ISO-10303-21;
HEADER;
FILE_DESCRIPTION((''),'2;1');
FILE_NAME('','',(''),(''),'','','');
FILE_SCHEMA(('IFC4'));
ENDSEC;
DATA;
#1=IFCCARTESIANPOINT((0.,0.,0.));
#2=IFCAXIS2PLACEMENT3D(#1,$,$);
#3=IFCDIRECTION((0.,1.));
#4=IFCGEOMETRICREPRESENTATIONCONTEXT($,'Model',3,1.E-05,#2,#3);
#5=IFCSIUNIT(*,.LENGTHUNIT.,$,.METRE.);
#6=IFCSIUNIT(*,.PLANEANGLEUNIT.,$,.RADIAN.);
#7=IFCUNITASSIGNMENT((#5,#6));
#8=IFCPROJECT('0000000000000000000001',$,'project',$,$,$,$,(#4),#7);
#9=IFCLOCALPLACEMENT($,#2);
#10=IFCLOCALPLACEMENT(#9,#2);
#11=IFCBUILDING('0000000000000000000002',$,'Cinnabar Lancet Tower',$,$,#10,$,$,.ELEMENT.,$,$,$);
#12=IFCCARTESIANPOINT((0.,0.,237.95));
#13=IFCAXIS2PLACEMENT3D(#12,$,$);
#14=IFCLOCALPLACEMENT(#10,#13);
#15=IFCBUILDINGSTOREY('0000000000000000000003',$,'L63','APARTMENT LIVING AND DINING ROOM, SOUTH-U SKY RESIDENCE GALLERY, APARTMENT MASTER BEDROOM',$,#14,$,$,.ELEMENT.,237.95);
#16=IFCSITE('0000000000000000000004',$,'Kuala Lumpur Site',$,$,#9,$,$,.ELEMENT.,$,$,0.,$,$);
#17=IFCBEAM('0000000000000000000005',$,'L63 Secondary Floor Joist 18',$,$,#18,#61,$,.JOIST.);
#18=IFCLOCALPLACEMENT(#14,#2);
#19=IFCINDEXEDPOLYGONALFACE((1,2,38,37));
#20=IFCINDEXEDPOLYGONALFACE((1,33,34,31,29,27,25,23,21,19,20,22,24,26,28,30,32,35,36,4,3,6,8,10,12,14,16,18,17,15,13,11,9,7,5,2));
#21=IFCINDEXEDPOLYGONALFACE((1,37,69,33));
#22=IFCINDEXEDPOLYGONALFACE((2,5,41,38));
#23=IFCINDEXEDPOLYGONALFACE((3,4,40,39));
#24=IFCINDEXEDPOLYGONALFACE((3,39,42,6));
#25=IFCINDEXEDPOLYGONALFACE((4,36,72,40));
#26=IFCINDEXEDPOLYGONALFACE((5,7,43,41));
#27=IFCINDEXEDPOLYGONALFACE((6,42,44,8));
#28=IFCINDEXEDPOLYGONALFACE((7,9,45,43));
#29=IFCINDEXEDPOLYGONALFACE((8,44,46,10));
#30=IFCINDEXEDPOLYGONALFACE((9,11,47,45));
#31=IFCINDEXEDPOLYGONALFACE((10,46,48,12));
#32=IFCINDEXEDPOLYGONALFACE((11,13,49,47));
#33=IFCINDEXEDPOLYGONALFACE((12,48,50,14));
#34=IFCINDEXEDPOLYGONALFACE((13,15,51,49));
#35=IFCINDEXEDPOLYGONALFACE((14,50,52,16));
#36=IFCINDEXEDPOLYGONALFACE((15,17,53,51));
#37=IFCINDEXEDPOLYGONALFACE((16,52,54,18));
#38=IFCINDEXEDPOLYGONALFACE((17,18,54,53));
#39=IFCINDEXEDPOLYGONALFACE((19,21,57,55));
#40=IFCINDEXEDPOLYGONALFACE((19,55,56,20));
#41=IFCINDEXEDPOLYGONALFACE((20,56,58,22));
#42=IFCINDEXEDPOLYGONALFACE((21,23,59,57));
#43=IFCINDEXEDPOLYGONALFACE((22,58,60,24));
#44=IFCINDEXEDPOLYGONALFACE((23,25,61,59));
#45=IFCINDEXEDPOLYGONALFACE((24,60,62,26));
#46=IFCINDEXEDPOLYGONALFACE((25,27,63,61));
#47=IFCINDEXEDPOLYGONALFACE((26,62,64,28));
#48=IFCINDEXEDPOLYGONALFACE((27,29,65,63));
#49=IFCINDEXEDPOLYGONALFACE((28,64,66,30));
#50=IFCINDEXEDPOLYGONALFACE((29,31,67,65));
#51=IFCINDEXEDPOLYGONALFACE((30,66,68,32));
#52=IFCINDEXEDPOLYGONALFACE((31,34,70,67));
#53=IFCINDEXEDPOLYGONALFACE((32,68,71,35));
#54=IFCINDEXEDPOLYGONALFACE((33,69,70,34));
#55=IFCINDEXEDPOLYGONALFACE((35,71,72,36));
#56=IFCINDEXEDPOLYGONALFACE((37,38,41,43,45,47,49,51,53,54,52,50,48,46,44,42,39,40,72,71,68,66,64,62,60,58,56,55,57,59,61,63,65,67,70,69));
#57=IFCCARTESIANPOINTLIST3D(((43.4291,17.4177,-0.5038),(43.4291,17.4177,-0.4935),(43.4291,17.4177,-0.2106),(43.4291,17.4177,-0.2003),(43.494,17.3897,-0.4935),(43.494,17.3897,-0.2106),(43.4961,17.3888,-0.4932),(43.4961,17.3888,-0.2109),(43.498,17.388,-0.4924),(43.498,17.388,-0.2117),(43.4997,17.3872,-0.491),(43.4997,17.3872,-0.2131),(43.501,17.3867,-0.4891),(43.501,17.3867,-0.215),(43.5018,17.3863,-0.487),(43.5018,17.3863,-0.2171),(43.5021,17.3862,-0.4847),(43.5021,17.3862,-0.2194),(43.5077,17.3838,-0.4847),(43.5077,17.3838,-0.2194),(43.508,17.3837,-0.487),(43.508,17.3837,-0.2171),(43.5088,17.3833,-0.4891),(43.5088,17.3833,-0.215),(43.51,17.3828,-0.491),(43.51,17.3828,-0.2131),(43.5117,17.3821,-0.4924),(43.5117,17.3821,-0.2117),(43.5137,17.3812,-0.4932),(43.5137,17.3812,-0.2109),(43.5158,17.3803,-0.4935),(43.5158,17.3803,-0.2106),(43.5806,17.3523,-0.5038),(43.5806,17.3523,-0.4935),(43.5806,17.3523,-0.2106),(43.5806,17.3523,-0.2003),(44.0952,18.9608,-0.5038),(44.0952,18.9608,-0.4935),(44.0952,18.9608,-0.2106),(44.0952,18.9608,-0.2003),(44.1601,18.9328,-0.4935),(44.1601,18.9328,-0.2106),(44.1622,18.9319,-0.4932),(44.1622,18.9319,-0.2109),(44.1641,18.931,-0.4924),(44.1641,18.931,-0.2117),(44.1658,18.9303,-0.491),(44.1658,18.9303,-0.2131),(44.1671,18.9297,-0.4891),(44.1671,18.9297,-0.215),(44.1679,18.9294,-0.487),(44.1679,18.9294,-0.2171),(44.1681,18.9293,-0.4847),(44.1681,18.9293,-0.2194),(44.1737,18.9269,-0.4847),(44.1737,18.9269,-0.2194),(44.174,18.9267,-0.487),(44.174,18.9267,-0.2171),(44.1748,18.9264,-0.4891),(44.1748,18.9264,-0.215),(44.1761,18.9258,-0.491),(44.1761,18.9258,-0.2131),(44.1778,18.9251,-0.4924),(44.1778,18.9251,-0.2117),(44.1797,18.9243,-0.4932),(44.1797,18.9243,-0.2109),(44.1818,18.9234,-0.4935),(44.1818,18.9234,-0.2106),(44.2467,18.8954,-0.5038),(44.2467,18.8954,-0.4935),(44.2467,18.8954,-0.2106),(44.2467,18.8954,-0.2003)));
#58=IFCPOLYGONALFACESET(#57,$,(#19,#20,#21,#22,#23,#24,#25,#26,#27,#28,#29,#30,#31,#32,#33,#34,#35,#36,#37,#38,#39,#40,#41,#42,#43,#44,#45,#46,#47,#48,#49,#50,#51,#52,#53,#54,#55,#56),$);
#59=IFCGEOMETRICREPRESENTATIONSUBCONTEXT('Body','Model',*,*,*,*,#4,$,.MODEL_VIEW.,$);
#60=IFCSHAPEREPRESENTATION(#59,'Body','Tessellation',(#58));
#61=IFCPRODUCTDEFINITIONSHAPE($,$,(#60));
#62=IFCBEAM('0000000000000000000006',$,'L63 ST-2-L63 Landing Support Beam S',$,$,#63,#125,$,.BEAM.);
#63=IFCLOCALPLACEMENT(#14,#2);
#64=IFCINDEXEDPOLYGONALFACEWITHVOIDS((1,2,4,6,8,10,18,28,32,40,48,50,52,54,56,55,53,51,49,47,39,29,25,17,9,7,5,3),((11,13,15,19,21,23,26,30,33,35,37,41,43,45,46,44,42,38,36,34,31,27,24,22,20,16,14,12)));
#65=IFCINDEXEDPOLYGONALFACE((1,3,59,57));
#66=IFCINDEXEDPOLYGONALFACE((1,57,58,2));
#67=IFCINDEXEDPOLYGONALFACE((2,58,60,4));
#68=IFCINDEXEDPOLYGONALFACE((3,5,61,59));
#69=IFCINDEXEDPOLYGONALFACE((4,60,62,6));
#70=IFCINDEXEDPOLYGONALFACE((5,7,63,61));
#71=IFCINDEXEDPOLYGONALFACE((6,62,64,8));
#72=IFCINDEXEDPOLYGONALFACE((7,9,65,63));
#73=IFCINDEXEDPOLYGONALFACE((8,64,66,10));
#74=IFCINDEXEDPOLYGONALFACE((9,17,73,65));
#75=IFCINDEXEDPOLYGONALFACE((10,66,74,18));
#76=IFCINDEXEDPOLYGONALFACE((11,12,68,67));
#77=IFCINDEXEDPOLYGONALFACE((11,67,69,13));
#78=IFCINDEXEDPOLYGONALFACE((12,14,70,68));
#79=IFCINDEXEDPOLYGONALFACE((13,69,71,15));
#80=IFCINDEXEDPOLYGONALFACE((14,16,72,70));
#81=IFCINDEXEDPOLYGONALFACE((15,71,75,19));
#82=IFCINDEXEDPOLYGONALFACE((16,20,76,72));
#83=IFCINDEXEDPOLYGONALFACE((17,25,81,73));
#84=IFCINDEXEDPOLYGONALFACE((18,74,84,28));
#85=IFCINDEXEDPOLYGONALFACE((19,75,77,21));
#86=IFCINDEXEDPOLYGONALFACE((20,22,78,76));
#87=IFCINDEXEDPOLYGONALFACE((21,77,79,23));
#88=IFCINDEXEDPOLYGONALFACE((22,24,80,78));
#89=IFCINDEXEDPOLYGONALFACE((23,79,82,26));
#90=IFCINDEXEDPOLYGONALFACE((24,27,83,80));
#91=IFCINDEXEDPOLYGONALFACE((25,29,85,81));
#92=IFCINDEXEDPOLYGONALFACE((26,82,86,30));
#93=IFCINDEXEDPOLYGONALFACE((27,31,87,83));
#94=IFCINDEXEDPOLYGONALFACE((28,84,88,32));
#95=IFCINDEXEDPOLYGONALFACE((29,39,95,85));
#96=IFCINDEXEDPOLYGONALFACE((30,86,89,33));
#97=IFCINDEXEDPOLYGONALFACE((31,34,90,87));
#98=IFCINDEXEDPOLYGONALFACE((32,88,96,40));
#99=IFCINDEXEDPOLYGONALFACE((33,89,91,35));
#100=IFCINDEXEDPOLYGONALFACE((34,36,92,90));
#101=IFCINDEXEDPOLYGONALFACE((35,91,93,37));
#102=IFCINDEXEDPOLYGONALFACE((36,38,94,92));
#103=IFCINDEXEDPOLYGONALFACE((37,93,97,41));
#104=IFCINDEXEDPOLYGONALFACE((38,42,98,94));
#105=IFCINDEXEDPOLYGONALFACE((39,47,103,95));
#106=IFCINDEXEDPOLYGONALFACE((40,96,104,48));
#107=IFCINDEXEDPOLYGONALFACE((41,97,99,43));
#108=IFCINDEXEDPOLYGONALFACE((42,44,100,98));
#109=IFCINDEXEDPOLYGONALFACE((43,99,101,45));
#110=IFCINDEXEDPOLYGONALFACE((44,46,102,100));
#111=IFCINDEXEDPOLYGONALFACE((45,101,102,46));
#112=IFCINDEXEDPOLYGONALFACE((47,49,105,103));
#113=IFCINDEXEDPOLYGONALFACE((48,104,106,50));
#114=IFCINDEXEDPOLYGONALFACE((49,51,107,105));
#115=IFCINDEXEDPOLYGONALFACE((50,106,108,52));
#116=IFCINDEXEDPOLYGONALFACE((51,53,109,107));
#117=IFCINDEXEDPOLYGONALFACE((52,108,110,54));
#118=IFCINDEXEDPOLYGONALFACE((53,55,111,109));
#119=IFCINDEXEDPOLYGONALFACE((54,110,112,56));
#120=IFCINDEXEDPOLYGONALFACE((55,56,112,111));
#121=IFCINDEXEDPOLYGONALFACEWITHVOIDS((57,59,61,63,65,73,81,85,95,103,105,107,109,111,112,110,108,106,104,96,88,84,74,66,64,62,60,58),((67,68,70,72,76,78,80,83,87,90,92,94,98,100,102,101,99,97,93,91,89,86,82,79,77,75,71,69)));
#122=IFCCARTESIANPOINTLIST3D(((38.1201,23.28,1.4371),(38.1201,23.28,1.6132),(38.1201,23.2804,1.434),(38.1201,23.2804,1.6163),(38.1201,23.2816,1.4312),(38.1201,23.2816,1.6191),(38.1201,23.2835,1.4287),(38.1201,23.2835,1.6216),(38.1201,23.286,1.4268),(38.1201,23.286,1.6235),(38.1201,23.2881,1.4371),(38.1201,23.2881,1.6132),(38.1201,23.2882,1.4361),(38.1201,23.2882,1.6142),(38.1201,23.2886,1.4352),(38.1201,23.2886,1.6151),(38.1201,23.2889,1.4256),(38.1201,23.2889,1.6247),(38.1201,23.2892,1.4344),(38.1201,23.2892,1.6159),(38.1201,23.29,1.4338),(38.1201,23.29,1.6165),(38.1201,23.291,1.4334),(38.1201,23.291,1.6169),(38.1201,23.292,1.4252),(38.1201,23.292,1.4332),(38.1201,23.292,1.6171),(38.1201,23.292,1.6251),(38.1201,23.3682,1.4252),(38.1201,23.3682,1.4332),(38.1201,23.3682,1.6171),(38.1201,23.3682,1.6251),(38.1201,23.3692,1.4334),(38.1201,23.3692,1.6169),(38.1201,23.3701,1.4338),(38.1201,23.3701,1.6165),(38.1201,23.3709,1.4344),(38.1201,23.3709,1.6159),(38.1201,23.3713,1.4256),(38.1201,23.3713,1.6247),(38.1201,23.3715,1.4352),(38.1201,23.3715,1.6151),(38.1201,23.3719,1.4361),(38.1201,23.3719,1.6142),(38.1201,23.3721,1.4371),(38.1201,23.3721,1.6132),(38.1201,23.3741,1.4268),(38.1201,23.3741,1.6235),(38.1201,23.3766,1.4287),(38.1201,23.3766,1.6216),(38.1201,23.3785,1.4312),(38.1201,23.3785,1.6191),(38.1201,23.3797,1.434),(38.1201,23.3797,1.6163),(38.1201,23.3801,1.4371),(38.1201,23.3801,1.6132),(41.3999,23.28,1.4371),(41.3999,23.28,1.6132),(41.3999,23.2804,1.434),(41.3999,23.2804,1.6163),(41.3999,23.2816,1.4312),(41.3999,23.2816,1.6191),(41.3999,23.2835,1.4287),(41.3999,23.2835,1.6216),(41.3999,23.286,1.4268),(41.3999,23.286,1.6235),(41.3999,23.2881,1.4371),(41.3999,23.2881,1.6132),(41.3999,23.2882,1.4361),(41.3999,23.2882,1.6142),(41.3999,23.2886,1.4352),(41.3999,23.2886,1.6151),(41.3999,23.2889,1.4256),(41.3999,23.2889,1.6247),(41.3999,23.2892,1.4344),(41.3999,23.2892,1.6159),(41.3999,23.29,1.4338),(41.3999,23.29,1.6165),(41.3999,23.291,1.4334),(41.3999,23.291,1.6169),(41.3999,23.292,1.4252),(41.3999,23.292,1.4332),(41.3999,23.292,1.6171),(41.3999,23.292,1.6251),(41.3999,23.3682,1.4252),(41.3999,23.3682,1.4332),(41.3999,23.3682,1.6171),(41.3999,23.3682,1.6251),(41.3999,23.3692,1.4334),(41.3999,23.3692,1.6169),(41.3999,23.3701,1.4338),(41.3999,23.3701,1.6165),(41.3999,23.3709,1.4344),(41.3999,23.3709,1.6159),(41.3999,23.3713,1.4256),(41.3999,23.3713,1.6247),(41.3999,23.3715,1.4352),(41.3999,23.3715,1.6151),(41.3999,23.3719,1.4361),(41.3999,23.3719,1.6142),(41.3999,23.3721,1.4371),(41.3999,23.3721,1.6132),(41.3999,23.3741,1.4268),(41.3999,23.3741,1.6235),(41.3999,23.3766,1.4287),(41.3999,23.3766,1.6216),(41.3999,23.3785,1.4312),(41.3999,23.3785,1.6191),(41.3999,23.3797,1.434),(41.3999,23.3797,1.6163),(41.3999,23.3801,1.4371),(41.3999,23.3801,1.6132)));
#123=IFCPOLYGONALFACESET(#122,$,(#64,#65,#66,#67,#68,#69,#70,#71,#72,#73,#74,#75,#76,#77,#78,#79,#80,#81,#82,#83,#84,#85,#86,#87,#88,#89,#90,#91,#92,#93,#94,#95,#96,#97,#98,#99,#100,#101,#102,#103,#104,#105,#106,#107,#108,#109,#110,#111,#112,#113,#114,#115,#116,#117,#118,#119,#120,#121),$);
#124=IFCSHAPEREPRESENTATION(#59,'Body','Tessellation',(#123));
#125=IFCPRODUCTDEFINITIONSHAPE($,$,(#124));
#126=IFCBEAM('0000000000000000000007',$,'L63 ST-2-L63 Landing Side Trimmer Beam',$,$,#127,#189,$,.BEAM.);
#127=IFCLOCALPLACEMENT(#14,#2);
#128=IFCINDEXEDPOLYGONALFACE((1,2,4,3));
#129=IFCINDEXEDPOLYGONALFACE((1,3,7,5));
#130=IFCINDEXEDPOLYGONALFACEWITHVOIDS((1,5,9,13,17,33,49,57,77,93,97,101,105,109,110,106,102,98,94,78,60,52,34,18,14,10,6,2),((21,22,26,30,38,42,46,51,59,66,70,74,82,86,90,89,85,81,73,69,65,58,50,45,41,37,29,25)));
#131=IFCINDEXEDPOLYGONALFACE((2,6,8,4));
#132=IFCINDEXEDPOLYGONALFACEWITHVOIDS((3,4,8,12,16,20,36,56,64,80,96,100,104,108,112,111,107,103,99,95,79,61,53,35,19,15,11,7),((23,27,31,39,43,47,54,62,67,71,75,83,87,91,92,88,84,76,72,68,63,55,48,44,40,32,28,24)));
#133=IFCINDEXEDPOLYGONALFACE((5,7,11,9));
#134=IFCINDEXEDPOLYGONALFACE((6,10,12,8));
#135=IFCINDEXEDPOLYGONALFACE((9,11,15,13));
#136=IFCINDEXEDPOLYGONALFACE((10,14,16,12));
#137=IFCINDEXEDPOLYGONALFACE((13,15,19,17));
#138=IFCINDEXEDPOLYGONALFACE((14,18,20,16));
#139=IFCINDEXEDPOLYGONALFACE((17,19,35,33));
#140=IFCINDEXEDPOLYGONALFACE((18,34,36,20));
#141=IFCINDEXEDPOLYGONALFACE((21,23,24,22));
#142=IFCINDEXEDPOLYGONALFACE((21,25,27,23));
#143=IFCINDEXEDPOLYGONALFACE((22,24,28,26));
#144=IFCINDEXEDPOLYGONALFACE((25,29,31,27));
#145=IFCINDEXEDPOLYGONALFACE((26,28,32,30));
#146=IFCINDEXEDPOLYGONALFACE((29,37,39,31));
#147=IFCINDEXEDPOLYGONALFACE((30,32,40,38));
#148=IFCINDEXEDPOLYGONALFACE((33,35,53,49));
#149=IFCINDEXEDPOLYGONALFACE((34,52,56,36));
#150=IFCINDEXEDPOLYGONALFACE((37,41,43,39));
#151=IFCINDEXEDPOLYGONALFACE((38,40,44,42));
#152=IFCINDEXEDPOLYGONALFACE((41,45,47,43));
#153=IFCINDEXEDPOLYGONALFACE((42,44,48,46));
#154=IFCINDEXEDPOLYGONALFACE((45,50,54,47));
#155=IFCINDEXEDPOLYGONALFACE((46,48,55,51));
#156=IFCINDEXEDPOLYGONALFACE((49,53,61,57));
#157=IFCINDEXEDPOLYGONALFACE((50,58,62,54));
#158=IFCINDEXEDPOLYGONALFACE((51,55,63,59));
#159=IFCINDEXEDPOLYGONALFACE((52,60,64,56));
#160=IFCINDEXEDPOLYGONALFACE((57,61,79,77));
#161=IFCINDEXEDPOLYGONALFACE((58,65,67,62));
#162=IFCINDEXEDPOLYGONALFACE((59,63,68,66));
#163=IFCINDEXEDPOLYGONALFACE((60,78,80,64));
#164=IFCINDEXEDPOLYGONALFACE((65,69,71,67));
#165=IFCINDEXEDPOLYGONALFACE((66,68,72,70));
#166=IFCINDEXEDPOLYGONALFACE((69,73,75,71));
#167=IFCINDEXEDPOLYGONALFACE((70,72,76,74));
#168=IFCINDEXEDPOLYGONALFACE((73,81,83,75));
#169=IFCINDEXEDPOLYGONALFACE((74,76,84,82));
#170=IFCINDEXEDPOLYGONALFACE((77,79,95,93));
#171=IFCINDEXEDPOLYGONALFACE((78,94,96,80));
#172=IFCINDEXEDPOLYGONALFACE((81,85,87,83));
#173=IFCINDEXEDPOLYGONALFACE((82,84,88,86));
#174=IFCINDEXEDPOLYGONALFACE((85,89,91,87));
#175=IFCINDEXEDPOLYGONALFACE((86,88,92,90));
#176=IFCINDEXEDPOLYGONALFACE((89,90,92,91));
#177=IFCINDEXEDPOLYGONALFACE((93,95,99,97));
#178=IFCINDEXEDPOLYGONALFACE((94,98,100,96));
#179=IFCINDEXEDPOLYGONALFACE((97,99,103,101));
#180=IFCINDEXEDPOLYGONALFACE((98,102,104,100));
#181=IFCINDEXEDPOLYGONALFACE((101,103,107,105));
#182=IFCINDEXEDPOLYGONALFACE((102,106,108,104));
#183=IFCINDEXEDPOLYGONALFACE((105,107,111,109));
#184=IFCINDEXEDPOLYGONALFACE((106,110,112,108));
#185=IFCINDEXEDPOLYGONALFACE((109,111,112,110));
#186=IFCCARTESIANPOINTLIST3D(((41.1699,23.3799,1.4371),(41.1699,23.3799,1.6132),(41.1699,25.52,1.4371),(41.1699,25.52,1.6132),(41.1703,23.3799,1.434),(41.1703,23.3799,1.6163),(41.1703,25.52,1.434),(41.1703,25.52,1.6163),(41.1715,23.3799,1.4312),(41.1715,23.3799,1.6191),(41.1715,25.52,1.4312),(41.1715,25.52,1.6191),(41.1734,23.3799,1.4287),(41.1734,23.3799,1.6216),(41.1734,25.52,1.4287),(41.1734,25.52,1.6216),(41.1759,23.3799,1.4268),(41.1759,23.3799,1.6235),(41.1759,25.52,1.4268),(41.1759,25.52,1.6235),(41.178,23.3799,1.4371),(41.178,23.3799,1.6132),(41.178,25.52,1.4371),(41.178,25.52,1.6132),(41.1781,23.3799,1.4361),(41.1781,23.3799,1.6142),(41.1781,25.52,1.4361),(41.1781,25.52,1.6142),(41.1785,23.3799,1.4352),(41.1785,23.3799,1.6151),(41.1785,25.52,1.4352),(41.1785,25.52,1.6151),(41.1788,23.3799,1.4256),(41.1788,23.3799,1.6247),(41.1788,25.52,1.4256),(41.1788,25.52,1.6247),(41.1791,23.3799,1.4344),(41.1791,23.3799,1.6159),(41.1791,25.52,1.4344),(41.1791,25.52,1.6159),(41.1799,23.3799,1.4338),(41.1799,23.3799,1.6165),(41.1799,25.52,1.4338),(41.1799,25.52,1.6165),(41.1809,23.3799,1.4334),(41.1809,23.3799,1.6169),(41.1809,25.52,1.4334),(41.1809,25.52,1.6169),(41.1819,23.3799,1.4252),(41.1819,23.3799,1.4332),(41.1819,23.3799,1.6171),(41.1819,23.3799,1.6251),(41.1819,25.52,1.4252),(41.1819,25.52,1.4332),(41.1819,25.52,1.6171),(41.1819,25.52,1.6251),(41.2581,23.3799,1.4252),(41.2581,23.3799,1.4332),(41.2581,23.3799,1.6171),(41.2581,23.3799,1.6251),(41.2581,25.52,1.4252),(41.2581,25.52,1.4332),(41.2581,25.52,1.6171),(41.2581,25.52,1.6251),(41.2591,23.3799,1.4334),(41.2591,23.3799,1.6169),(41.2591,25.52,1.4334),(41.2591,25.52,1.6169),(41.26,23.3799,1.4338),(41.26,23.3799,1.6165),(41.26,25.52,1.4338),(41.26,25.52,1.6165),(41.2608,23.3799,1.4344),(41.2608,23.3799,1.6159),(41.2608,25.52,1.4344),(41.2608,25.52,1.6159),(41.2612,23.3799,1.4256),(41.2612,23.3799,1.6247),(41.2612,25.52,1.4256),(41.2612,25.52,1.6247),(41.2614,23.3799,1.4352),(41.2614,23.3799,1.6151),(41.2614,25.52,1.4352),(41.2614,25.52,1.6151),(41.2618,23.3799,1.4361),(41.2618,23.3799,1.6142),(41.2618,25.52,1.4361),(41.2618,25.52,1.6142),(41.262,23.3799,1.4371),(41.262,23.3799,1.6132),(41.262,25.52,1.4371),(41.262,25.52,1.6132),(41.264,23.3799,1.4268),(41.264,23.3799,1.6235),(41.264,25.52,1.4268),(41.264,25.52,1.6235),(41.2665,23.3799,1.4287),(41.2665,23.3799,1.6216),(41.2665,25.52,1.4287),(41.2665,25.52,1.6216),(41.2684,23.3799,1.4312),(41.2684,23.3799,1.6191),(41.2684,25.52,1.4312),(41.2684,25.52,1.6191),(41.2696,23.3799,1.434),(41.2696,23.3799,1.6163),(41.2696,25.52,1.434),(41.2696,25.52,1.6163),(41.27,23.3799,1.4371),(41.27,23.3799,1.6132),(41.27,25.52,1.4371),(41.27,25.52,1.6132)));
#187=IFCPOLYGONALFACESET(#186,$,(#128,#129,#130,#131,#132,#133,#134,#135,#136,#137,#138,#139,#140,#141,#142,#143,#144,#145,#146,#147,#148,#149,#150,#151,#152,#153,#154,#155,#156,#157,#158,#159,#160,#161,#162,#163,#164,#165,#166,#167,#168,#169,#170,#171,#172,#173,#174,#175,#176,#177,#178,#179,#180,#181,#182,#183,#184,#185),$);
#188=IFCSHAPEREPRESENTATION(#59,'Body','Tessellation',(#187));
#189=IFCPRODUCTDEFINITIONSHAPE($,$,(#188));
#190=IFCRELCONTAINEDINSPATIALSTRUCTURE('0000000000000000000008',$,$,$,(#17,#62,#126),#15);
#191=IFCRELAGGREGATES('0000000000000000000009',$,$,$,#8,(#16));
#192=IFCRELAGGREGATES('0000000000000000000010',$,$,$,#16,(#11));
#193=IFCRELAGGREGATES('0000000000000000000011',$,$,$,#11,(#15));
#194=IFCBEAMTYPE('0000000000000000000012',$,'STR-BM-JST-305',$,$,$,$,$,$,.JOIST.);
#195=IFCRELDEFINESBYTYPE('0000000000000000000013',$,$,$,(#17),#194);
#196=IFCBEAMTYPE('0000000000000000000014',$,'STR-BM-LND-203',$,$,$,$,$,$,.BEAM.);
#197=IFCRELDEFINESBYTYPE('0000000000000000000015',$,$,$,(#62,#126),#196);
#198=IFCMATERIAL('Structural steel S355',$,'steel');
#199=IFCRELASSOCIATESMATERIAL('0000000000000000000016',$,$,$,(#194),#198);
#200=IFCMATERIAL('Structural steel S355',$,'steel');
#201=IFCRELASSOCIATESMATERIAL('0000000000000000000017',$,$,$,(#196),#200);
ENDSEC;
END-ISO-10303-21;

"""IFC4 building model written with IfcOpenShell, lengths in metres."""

from ifc_helpers import new_model, si_unit, direction, frame, origin, origin_2d, place, context, subcontext, project, spatial, hollow_rectangle, i_section, extrude, material, material_profile, profile_set, type_object, element, save


model = new_model("IFC4")

# Units and contexts
model_context = context("Model", 3, precision=1e-05, world=origin(), true_north=direction((0.0, 1.0)))
body_context = subcontext(model_context, "Body", "Model", "MODEL_VIEW")
ifc_project = project(units=[si_unit("LENGTHUNIT", "METRE"), si_unit("PLANEANGLEUNIT", "RADIAN")], contexts=[model_context])

# Site, building, storey
site_placement = place(None, origin())
site = spatial("IfcSite", under=ifc_project, at=site_placement, Name="Kuala Lumpur Site", CompositionType="ELEMENT", RefElevation=0.0)
building_placement = place(site_placement, origin())
building = spatial("IfcBuilding", under=site, at=building_placement, Name="Cinnabar Lancet Tower", CompositionType="ELEMENT")
storey_placement = place(building_placement, frame((0.0, 0.0, 237.95)))
storey = spatial("IfcBuildingStorey", under=building, at=storey_placement, Name="L63", Description="APARTMENT LIVING AND DINING ROOM, SOUTH-U SKY RESIDENCE GALLERY, APARTMENT MASTER BEDROOM", CompositionType="ELEMENT", Elevation=237.95)

# Beams
ifc_material_1 = material(Name="Structural steel S355", Category="steel")
ifc_material_profile_1 = material_profile(ifc_material_1, i_section(OverallWidth=0.165, OverallDepth=0.3035, WebThickness=0.0061, FlangeThickness=0.0103, FilletRadius=0.0088, at=origin_2d()), Name="UKB 305x165x40")
ifc_profile_set_1 = profile_set([ifc_material_profile_1], Name="Structural steel S355")
beam_type_1 = type_object("IfcBeamType", Name="STR-BM-JST-305", PredefinedType="JOIST", material=ifc_profile_set_1)
beam_1_placement = place(storey_placement, frame((43.5049, 17.385, -0.3521), z_axis=(0.396302, 0.91812, 0.0), x_axis=(-0.91812, 0.396302, 0.0)))
element("IfcBeam", 1, at=beam_1_placement, inside=storey, type_object=beam_type_1, Name="L63 Secondary Floor Joist 18", PredefinedType="JOIST", context=body_context, shape_type="SweptSolid", body=[
    extrude(i_section(OverallWidth=0.165, OverallDepth=0.3035, WebThickness=0.0061, FlangeThickness=0.0103, FilletRadius=0.0088, at=origin_2d()), origin(), (0.0, 0.0, 1.0), 1.6807),
])
ifc_material_2 = material(Name="Structural steel S355", Category="steel")
ifc_material_profile_2 = material_profile(ifc_material_2, hollow_rectangle(XDim=0.1001, YDim=0.2, WallThickness=0.0081, InnerFilletRadius=0.0039, OuterFilletRadius=0.012, at=origin_2d()), Name="RHS 200x100x8")
ifc_profile_set_2 = profile_set([ifc_material_profile_2], Name="Structural steel S355")
beam_type_2 = type_object("IfcBeamType", Name="STR-BM-LND-203", PredefinedType="BEAM", material=ifc_profile_set_2)
beam_2_placement = place(storey_placement, frame((38.1201, 23.3301, 1.5251), z_axis=(1.0, 0.0, 0.0), x_axis=(0.0, 1.0, 0.0)))
element("IfcBeam", 2, at=beam_2_placement, inside=storey, type_object=beam_type_2, Name="L63 ST-2-L63 Landing Support Beam S", PredefinedType="BEAM", context=body_context, shape_type="SweptSolid", body=[
    extrude(hollow_rectangle(XDim=0.1001, YDim=0.2, WallThickness=0.0081, InnerFilletRadius=0.0039, OuterFilletRadius=0.012, at=origin_2d()), origin(), (0.0, 0.0, 1.0), 3.2798),
])
beam_3_placement = place(storey_placement, frame((41.22, 23.3799, 1.5251), z_axis=(0.0, 1.0, 0.0), x_axis=(-1.0, 0.0, 0.0)))
element("IfcBeam", 3, at=beam_3_placement, inside=storey, type_object=beam_type_2, Name="L63 ST-2-L63 Landing Side Trimmer Beam", PredefinedType="BEAM", context=body_context, shape_type="SweptSolid", body=[
    extrude(hollow_rectangle(XDim=0.1001, YDim=0.2, WallThickness=0.0081, InnerFilletRadius=0.0039, OuterFilletRadius=0.012, at=origin_2d()), origin(), (0.0, 0.0, 1.0), 2.1401),
])

save(model, "model.ifc")
